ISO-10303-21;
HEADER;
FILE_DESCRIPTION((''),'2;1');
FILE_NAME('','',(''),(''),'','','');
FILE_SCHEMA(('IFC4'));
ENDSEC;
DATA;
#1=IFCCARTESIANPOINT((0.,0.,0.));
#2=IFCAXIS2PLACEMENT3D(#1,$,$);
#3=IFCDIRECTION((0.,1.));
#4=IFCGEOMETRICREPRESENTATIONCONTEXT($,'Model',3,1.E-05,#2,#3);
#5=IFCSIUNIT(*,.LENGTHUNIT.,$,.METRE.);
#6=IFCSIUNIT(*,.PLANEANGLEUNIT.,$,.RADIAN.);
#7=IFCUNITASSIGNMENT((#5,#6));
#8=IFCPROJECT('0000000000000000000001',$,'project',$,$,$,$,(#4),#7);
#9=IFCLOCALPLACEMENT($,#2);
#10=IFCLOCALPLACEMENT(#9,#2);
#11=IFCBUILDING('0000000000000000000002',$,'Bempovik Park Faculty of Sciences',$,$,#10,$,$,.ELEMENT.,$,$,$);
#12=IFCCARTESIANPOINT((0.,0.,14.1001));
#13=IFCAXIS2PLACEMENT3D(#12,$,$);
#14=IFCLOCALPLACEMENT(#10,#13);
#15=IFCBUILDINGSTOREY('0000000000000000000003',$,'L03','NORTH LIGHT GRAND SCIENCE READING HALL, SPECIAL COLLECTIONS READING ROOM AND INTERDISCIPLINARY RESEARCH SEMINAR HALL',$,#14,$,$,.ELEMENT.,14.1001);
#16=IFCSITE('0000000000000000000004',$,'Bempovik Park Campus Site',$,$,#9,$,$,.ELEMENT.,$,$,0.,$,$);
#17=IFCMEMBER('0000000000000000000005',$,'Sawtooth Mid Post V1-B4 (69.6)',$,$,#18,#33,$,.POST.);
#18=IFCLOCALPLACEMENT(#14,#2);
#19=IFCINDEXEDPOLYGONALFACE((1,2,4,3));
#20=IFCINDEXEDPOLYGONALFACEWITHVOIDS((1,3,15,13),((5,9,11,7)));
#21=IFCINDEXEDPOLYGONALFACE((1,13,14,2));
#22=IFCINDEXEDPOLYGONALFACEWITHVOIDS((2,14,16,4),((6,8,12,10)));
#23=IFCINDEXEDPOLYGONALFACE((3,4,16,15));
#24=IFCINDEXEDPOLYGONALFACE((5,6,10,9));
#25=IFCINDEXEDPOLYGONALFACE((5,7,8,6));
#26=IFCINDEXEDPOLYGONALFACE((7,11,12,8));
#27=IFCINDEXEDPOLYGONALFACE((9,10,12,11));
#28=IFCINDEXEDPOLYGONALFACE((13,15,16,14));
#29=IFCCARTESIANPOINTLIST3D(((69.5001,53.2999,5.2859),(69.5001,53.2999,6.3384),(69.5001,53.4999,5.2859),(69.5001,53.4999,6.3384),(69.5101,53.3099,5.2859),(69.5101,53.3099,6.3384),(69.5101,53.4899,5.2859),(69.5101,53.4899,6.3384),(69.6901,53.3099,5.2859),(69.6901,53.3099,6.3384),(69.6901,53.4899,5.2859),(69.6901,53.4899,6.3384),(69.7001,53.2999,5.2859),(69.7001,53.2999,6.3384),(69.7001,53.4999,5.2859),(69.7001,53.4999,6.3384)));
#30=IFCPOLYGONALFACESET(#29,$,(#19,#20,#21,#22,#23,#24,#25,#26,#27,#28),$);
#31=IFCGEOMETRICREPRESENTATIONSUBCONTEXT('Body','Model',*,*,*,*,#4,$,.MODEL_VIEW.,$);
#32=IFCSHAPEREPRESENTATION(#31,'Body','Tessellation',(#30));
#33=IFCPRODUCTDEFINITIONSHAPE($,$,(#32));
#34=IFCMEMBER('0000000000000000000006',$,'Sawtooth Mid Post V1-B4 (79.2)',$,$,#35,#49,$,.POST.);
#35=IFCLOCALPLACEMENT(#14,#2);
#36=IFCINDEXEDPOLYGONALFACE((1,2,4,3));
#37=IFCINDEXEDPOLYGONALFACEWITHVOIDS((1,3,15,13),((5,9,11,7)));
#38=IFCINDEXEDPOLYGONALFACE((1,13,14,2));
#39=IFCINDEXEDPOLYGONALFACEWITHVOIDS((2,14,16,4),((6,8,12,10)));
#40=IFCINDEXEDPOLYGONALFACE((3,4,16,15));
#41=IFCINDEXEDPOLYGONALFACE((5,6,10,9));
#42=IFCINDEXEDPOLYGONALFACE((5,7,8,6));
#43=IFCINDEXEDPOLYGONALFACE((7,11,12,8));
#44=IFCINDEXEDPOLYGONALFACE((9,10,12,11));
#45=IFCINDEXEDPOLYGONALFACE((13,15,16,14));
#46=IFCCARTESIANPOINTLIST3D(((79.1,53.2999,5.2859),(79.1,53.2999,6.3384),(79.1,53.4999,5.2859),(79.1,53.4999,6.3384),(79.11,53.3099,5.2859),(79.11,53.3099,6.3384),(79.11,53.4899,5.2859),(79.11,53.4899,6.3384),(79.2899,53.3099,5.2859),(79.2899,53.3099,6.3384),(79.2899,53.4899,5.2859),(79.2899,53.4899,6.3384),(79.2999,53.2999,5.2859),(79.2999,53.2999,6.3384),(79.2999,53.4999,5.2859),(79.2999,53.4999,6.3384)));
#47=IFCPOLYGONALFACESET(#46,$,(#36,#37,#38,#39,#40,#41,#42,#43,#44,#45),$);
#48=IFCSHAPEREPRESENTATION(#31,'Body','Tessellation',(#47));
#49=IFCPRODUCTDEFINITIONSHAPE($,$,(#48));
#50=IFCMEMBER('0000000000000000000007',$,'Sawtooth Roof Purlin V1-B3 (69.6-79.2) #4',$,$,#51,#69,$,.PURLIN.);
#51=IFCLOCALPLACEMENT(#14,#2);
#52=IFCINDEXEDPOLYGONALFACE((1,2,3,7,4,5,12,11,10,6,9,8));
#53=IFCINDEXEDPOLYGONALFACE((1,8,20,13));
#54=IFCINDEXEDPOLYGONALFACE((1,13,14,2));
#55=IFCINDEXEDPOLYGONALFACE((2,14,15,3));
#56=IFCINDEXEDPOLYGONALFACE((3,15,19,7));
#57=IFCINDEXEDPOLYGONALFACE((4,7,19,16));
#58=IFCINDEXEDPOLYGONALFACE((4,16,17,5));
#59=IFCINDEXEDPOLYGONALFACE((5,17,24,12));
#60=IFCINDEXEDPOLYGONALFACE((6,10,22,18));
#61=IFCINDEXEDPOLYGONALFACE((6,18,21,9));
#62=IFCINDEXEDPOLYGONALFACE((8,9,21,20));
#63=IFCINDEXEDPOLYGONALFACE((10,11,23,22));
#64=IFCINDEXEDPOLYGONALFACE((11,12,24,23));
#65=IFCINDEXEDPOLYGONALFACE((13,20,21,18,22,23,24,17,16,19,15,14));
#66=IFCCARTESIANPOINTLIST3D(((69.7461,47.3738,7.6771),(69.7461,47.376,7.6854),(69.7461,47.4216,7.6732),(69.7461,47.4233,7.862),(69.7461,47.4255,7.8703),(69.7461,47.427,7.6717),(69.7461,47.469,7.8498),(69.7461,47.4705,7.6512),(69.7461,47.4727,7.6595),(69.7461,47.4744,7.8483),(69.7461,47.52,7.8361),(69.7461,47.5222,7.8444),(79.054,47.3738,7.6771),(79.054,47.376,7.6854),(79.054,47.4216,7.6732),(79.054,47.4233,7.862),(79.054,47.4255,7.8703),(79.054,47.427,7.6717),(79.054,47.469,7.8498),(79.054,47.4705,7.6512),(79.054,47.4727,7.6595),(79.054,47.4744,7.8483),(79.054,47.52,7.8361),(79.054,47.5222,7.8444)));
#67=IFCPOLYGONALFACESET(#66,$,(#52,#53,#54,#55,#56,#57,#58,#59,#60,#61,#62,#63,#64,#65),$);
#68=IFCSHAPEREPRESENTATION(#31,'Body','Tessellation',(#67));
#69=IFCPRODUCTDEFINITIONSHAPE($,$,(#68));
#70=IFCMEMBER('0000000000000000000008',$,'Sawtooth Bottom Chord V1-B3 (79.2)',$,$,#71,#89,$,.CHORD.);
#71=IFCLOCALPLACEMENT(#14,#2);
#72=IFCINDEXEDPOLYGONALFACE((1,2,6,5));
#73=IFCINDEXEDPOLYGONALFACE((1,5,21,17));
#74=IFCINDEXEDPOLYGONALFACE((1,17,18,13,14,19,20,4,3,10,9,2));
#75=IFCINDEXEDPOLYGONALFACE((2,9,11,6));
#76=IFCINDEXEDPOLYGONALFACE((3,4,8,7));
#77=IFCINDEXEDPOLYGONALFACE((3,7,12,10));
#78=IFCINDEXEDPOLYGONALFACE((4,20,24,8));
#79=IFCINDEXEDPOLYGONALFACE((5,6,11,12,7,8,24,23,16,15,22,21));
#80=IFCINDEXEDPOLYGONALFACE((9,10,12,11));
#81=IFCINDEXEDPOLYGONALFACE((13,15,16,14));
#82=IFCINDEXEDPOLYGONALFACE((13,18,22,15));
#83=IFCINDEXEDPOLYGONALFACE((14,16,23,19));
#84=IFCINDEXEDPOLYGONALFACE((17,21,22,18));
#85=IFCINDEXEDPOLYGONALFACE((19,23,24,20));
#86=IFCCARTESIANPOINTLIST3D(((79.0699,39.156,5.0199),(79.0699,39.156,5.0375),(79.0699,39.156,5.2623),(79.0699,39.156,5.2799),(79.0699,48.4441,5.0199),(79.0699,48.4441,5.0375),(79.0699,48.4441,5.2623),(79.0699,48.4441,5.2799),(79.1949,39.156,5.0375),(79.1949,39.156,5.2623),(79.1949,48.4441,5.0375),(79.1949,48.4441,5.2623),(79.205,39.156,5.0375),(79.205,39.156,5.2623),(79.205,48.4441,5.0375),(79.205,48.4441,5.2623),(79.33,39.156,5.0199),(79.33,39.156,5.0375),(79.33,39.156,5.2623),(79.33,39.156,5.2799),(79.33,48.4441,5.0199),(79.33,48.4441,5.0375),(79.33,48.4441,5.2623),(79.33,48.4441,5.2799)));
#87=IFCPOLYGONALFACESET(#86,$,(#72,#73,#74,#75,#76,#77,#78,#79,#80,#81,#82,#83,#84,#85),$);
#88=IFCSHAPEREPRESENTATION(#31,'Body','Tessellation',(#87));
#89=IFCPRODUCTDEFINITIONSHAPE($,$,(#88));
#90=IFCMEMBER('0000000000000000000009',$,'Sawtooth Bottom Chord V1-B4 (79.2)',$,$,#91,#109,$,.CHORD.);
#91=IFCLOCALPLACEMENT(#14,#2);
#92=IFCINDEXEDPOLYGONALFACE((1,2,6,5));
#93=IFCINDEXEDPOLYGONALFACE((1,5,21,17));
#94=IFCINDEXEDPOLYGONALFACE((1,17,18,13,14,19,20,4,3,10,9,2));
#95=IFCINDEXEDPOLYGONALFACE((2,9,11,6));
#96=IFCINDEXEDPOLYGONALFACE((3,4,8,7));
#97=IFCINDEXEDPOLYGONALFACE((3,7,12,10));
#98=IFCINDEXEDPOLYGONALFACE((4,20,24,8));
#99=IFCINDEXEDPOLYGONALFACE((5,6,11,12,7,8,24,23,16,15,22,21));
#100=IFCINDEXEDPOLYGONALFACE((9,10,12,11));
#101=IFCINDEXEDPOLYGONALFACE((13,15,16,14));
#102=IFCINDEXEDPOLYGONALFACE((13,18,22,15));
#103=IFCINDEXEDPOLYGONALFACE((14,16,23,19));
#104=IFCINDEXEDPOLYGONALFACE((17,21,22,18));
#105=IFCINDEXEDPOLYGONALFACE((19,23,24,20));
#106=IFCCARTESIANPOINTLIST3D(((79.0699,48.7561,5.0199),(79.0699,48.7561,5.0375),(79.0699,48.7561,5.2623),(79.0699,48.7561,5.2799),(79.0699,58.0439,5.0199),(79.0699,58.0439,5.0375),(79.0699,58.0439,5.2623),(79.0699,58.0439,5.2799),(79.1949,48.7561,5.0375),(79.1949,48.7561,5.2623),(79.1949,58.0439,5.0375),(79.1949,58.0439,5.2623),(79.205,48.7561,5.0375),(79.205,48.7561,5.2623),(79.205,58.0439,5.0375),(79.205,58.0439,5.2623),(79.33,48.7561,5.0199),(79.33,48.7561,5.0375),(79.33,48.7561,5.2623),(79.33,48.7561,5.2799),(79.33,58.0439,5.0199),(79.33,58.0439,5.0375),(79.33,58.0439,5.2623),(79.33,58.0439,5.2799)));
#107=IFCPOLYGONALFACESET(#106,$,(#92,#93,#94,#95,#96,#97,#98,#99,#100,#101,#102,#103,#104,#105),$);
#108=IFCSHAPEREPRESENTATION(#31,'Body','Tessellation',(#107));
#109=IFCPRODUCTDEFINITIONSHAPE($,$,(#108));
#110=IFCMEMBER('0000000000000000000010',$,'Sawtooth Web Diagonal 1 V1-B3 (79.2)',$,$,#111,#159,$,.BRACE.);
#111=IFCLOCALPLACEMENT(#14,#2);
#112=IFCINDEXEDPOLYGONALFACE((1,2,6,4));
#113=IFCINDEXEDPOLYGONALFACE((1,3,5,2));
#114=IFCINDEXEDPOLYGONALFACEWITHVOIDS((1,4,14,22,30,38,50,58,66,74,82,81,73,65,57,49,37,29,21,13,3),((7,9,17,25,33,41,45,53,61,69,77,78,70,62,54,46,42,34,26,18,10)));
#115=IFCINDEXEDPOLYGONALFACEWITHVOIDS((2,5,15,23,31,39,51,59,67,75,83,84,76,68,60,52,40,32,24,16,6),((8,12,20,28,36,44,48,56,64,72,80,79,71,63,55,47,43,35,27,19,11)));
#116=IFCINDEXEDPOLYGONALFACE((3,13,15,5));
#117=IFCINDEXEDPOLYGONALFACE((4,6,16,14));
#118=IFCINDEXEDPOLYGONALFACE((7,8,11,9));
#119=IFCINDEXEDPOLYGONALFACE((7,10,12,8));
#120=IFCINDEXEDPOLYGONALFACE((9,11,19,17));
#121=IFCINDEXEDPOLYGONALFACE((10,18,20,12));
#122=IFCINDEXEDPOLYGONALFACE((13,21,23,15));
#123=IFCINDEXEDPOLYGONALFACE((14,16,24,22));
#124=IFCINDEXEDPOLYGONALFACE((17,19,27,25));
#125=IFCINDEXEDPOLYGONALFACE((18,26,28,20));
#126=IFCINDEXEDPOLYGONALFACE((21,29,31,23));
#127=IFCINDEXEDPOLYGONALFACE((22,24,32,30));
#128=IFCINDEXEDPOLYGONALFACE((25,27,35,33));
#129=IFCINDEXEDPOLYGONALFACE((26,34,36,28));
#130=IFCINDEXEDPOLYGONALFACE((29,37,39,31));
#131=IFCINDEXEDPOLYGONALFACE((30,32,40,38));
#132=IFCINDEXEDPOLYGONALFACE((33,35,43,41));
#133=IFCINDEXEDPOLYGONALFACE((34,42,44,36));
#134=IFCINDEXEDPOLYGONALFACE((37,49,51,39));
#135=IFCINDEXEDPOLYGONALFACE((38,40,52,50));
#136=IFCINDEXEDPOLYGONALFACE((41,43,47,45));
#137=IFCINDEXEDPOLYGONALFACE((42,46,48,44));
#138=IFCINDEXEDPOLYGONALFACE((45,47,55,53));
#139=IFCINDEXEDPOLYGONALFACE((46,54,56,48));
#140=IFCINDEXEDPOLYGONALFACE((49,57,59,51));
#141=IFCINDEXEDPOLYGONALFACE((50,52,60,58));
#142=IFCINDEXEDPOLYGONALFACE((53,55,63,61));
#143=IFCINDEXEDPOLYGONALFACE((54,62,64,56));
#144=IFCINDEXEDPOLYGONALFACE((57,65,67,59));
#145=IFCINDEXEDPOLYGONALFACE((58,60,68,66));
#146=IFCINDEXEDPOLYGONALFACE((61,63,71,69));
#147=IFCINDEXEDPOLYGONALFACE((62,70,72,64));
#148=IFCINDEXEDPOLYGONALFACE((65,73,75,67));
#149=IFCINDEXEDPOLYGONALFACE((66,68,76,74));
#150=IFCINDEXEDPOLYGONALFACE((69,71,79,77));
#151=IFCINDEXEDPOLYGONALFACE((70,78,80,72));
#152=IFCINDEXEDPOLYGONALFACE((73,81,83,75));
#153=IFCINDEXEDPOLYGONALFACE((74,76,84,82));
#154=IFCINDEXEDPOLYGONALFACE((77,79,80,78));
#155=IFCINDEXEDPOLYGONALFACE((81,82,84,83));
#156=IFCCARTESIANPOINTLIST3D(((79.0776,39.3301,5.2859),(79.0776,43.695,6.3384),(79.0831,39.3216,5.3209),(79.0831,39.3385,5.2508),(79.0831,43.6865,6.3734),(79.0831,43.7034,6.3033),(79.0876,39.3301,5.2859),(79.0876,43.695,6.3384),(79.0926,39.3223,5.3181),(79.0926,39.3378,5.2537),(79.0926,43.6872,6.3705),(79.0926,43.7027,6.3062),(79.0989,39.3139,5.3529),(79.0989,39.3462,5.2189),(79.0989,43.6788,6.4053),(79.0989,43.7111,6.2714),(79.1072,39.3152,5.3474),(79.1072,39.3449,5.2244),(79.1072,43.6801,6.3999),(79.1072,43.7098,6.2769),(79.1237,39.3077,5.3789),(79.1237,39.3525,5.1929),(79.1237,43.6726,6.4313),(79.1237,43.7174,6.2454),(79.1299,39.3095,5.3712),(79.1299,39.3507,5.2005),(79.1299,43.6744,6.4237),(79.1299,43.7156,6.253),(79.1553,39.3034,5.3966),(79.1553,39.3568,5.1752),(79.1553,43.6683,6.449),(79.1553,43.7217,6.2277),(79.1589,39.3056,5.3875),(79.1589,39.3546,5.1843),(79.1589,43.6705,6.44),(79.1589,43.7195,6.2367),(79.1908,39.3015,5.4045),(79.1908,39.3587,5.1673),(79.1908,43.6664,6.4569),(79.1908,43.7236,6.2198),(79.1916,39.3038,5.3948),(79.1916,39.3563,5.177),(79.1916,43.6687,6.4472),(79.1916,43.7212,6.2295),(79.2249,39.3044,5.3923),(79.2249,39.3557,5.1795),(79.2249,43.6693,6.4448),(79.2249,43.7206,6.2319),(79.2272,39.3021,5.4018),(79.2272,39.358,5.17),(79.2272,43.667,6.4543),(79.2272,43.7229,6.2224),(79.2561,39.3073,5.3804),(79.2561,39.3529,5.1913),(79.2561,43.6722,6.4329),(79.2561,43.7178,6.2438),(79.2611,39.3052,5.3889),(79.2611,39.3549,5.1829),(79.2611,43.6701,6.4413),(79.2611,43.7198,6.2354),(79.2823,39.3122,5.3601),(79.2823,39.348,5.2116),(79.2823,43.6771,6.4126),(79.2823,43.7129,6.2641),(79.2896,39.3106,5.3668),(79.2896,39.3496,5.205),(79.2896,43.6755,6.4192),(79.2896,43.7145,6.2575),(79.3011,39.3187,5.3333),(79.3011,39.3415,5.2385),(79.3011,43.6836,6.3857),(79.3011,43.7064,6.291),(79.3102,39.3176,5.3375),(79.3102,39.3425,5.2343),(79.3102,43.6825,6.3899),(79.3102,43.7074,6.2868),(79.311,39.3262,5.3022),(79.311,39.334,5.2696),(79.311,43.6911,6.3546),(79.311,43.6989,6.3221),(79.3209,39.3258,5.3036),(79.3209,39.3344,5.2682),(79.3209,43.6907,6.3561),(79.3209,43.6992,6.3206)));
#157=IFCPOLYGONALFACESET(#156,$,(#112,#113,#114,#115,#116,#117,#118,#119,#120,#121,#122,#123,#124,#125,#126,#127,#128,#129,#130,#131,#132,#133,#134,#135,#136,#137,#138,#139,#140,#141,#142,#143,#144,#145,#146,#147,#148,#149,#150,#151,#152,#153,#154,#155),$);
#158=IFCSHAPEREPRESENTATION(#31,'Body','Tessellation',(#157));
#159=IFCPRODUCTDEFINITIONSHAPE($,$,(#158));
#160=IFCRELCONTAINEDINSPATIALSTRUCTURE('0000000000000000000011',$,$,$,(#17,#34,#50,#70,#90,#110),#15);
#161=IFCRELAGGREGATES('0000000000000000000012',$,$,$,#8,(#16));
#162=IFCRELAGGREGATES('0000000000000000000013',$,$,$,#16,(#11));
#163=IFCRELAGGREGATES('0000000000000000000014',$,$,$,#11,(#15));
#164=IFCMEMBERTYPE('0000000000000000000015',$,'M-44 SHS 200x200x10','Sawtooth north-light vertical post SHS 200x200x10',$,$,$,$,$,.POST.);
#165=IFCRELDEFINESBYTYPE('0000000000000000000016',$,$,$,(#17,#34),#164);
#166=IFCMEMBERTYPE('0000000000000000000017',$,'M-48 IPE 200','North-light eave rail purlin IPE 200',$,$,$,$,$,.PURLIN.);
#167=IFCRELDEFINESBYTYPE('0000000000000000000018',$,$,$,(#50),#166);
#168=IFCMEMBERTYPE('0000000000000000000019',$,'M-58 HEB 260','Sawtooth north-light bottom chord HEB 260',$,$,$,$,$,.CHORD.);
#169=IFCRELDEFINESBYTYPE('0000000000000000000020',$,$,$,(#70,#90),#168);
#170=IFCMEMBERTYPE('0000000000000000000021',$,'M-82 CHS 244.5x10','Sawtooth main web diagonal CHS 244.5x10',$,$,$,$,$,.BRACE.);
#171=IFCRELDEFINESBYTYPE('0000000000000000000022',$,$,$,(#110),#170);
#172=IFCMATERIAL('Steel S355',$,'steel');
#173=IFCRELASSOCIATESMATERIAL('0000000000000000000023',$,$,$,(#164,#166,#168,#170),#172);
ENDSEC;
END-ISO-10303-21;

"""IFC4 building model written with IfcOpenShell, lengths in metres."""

from ifc_helpers import new_model, si_unit, direction, frame, origin, origin_2d, place, context, subcontext, project, spatial, hollow_rectangle, hollow_circle, i_section, extrude, material, material_profile, profile_set, type_object, element, save


model = new_model("IFC4")

# Units and contexts
model_context = context("Model", 3, precision=1e-05, world=origin(), true_north=direction((0.0, 1.0)))
body_context = subcontext(model_context, "Body", "Model", "MODEL_VIEW")
ifc_project = project(units=[si_unit("LENGTHUNIT", "METRE"), si_unit("PLANEANGLEUNIT", "RADIAN")], contexts=[model_context])

# Site, building, storey
site_placement = place(None, origin())
site = spatial("IfcSite", under=ifc_project, at=site_placement, Name="Bempovik Park Campus Site", CompositionType="ELEMENT", RefElevation=0.0)
building_placement = place(site_placement, origin())
building = spatial("IfcBuilding", under=site, at=building_placement, Name="Bempovik Park Faculty of Sciences", CompositionType="ELEMENT")
storey_placement = place(building_placement, frame((0.0, 0.0, 14.1001)))
storey = spatial("IfcBuildingStorey", under=building, at=storey_placement, Name="L03", Description="NORTH LIGHT GRAND SCIENCE READING HALL, SPECIAL COLLECTIONS READING ROOM AND INTERDISCIPLINARY RESEARCH SEMINAR HALL", CompositionType="ELEMENT", Elevation=14.1001)

# Shared definitions
ifc_material_1 = material(Name="Steel S355", Category="steel")

# Members
ifc_material_profile_1 = material_profile(ifc_material_1, hollow_rectangle(XDim=0.2, YDim=0.2, WallThickness=0.01, at=origin_2d()), Name="SHS 200x200x10")
ifc_profile_set_1 = profile_set([ifc_material_profile_1], Name="Steel S355")
member_type_1 = type_object("IfcMemberType", Name="M-44 SHS 200x200x10", Description="Sawtooth north-light vertical post SHS 200x200x10", PredefinedType="POST", material=ifc_profile_set_1)
for number, where, z_axis, x_axis, name in (
    (1, (69.6001, 53.3999, 5.2859), (0.0, 0.0, 1.0), (1.0, 0.0, 0.0), "Sawtooth Mid Post V1-B4 (69.6)"),
    (2, (79.2, 53.3999, 5.2859), (0.0, 0.0, 1.0), (1.0, 0.0, 0.0), "Sawtooth Mid Post V1-B4 (79.2)"),
):
    element("IfcMember", number, at=place(storey_placement, frame(where, z_axis=z_axis, x_axis=x_axis)), inside=storey, type_object=member_type_1, Name=name, PredefinedType="POST", context=body_context, shape_type="SweptSolid", body=[
        extrude(hollow_rectangle(XDim=0.2, YDim=0.2, WallThickness=0.01, at=origin_2d()), origin(), (0.0, 0.0, 1.0), 1.0525),
    ])
ifc_material_profile_2 = material_profile(ifc_material_1, i_section(OverallWidth=0.1001, OverallDepth=0.2, WebThickness=0.0056, FlangeThickness=0.0085, at=origin_2d()), Name="IPE 200")
ifc_profile_set_2 = profile_set([ifc_material_profile_2], Name="Steel S355")
member_type_2 = type_object("IfcMemberType", Name="M-48 IPE 200", Description="North-light eave rail purlin IPE 200", PredefinedType="PURLIN", material=ifc_profile_set_2)
member_1_placement = place(storey_placement, frame((69.7461, 47.448, 7.7607), z_axis=(1.0, 0.0, 0.0), x_axis=(0.0, 0.965926, -0.258819)))
element("IfcMember", 3, at=member_1_placement, inside=storey, type_object=member_type_2, Name="Sawtooth Roof Purlin V1-B3 (69.6-79.2) #4", PredefinedType="PURLIN", context=body_context, shape_type="SweptSolid", body=[
    extrude(i_section(OverallWidth=0.1001, OverallDepth=0.2, WebThickness=0.0056, FlangeThickness=0.0085, at=origin_2d()), origin(), (0.0, 0.0, 1.0), 9.3079),
])
ifc_material_profile_3 = material_profile(ifc_material_1, i_section(OverallWidth=0.26, OverallDepth=0.26, WebThickness=0.01, FlangeThickness=0.0176, at=origin_2d()), Name="HEB 260")
ifc_profile_set_3 = profile_set([ifc_material_profile_3], Name="Steel S355")
member_type_3 = type_object("IfcMemberType", Name="M-58 HEB 260", Description="Sawtooth north-light bottom chord HEB 260", PredefinedType="CHORD", material=ifc_profile_set_3)
member_2_placement = place(storey_placement, frame((79.2, 39.156, 5.1499), z_axis=(0.0, 1.0, 0.0), x_axis=(-1.0, 0.0, 0.0)))
element("IfcMember", 4, at=member_2_placement, inside=storey, type_object=member_type_3, Name="Sawtooth Bottom Chord V1-B3 (79.2)", PredefinedType="CHORD", context=body_context, shape_type="SweptSolid", body=[
    extrude(i_section(OverallWidth=0.26, OverallDepth=0.26, WebThickness=0.01, FlangeThickness=0.0176, at=origin_2d()), origin(), (0.0, 0.0, 1.0), 9.2881),
])
member_3_placement = place(storey_placement, frame((79.2, 48.7561, 5.1499), z_axis=(0.0, 1.0, 0.0), x_axis=(-1.0, 0.0, 0.0)))
element("IfcMember", 5, at=member_3_placement, inside=storey, type_object=member_type_3, Name="Sawtooth Bottom Chord V1-B4 (79.2)", PredefinedType="CHORD", context=body_context, shape_type="SweptSolid", body=[
    extrude(i_section(OverallWidth=0.26, OverallDepth=0.26, WebThickness=0.01, FlangeThickness=0.0176, at=origin_2d()), origin(), (0.0, 0.0, 1.0), 9.2878),
])
ifc_material_profile_4 = material_profile(ifc_material_1, hollow_circle(Radius=0.1223, WallThickness=0.01, at=origin_2d()), Name="CHS 244.5x10")
ifc_profile_set_4 = profile_set([ifc_material_profile_4], Name="Steel S355")
member_type_4 = type_object("IfcMemberType", Name="M-82 CHS 244.5x10", Description="Sawtooth main web diagonal CHS 244.5x10", PredefinedType="BRACE", material=ifc_profile_set_4)
for number, where, z_axis, x_axis, name in (
    (6, (79.2, 39.3301, 5.2859), (0.0, 0.972139, 0.234403), (-1.0, 0.0, 0.0), "Sawtooth Web Diagonal 1 V1-B3 (79.2)"),
):
    element("IfcMember", number, at=place(storey_placement, frame(where, z_axis=z_axis, x_axis=x_axis)), inside=storey, type_object=member_type_4, Name=name, PredefinedType="BRACE", context=body_context, shape_type="SweptSolid", body=[
        extrude(hollow_circle(Radius=0.1223, WallThickness=0.01, at=origin_2d()), origin(), (0.0, 0.0, 1.0), 4.49),
    ])

save(model, "model.ifc")
